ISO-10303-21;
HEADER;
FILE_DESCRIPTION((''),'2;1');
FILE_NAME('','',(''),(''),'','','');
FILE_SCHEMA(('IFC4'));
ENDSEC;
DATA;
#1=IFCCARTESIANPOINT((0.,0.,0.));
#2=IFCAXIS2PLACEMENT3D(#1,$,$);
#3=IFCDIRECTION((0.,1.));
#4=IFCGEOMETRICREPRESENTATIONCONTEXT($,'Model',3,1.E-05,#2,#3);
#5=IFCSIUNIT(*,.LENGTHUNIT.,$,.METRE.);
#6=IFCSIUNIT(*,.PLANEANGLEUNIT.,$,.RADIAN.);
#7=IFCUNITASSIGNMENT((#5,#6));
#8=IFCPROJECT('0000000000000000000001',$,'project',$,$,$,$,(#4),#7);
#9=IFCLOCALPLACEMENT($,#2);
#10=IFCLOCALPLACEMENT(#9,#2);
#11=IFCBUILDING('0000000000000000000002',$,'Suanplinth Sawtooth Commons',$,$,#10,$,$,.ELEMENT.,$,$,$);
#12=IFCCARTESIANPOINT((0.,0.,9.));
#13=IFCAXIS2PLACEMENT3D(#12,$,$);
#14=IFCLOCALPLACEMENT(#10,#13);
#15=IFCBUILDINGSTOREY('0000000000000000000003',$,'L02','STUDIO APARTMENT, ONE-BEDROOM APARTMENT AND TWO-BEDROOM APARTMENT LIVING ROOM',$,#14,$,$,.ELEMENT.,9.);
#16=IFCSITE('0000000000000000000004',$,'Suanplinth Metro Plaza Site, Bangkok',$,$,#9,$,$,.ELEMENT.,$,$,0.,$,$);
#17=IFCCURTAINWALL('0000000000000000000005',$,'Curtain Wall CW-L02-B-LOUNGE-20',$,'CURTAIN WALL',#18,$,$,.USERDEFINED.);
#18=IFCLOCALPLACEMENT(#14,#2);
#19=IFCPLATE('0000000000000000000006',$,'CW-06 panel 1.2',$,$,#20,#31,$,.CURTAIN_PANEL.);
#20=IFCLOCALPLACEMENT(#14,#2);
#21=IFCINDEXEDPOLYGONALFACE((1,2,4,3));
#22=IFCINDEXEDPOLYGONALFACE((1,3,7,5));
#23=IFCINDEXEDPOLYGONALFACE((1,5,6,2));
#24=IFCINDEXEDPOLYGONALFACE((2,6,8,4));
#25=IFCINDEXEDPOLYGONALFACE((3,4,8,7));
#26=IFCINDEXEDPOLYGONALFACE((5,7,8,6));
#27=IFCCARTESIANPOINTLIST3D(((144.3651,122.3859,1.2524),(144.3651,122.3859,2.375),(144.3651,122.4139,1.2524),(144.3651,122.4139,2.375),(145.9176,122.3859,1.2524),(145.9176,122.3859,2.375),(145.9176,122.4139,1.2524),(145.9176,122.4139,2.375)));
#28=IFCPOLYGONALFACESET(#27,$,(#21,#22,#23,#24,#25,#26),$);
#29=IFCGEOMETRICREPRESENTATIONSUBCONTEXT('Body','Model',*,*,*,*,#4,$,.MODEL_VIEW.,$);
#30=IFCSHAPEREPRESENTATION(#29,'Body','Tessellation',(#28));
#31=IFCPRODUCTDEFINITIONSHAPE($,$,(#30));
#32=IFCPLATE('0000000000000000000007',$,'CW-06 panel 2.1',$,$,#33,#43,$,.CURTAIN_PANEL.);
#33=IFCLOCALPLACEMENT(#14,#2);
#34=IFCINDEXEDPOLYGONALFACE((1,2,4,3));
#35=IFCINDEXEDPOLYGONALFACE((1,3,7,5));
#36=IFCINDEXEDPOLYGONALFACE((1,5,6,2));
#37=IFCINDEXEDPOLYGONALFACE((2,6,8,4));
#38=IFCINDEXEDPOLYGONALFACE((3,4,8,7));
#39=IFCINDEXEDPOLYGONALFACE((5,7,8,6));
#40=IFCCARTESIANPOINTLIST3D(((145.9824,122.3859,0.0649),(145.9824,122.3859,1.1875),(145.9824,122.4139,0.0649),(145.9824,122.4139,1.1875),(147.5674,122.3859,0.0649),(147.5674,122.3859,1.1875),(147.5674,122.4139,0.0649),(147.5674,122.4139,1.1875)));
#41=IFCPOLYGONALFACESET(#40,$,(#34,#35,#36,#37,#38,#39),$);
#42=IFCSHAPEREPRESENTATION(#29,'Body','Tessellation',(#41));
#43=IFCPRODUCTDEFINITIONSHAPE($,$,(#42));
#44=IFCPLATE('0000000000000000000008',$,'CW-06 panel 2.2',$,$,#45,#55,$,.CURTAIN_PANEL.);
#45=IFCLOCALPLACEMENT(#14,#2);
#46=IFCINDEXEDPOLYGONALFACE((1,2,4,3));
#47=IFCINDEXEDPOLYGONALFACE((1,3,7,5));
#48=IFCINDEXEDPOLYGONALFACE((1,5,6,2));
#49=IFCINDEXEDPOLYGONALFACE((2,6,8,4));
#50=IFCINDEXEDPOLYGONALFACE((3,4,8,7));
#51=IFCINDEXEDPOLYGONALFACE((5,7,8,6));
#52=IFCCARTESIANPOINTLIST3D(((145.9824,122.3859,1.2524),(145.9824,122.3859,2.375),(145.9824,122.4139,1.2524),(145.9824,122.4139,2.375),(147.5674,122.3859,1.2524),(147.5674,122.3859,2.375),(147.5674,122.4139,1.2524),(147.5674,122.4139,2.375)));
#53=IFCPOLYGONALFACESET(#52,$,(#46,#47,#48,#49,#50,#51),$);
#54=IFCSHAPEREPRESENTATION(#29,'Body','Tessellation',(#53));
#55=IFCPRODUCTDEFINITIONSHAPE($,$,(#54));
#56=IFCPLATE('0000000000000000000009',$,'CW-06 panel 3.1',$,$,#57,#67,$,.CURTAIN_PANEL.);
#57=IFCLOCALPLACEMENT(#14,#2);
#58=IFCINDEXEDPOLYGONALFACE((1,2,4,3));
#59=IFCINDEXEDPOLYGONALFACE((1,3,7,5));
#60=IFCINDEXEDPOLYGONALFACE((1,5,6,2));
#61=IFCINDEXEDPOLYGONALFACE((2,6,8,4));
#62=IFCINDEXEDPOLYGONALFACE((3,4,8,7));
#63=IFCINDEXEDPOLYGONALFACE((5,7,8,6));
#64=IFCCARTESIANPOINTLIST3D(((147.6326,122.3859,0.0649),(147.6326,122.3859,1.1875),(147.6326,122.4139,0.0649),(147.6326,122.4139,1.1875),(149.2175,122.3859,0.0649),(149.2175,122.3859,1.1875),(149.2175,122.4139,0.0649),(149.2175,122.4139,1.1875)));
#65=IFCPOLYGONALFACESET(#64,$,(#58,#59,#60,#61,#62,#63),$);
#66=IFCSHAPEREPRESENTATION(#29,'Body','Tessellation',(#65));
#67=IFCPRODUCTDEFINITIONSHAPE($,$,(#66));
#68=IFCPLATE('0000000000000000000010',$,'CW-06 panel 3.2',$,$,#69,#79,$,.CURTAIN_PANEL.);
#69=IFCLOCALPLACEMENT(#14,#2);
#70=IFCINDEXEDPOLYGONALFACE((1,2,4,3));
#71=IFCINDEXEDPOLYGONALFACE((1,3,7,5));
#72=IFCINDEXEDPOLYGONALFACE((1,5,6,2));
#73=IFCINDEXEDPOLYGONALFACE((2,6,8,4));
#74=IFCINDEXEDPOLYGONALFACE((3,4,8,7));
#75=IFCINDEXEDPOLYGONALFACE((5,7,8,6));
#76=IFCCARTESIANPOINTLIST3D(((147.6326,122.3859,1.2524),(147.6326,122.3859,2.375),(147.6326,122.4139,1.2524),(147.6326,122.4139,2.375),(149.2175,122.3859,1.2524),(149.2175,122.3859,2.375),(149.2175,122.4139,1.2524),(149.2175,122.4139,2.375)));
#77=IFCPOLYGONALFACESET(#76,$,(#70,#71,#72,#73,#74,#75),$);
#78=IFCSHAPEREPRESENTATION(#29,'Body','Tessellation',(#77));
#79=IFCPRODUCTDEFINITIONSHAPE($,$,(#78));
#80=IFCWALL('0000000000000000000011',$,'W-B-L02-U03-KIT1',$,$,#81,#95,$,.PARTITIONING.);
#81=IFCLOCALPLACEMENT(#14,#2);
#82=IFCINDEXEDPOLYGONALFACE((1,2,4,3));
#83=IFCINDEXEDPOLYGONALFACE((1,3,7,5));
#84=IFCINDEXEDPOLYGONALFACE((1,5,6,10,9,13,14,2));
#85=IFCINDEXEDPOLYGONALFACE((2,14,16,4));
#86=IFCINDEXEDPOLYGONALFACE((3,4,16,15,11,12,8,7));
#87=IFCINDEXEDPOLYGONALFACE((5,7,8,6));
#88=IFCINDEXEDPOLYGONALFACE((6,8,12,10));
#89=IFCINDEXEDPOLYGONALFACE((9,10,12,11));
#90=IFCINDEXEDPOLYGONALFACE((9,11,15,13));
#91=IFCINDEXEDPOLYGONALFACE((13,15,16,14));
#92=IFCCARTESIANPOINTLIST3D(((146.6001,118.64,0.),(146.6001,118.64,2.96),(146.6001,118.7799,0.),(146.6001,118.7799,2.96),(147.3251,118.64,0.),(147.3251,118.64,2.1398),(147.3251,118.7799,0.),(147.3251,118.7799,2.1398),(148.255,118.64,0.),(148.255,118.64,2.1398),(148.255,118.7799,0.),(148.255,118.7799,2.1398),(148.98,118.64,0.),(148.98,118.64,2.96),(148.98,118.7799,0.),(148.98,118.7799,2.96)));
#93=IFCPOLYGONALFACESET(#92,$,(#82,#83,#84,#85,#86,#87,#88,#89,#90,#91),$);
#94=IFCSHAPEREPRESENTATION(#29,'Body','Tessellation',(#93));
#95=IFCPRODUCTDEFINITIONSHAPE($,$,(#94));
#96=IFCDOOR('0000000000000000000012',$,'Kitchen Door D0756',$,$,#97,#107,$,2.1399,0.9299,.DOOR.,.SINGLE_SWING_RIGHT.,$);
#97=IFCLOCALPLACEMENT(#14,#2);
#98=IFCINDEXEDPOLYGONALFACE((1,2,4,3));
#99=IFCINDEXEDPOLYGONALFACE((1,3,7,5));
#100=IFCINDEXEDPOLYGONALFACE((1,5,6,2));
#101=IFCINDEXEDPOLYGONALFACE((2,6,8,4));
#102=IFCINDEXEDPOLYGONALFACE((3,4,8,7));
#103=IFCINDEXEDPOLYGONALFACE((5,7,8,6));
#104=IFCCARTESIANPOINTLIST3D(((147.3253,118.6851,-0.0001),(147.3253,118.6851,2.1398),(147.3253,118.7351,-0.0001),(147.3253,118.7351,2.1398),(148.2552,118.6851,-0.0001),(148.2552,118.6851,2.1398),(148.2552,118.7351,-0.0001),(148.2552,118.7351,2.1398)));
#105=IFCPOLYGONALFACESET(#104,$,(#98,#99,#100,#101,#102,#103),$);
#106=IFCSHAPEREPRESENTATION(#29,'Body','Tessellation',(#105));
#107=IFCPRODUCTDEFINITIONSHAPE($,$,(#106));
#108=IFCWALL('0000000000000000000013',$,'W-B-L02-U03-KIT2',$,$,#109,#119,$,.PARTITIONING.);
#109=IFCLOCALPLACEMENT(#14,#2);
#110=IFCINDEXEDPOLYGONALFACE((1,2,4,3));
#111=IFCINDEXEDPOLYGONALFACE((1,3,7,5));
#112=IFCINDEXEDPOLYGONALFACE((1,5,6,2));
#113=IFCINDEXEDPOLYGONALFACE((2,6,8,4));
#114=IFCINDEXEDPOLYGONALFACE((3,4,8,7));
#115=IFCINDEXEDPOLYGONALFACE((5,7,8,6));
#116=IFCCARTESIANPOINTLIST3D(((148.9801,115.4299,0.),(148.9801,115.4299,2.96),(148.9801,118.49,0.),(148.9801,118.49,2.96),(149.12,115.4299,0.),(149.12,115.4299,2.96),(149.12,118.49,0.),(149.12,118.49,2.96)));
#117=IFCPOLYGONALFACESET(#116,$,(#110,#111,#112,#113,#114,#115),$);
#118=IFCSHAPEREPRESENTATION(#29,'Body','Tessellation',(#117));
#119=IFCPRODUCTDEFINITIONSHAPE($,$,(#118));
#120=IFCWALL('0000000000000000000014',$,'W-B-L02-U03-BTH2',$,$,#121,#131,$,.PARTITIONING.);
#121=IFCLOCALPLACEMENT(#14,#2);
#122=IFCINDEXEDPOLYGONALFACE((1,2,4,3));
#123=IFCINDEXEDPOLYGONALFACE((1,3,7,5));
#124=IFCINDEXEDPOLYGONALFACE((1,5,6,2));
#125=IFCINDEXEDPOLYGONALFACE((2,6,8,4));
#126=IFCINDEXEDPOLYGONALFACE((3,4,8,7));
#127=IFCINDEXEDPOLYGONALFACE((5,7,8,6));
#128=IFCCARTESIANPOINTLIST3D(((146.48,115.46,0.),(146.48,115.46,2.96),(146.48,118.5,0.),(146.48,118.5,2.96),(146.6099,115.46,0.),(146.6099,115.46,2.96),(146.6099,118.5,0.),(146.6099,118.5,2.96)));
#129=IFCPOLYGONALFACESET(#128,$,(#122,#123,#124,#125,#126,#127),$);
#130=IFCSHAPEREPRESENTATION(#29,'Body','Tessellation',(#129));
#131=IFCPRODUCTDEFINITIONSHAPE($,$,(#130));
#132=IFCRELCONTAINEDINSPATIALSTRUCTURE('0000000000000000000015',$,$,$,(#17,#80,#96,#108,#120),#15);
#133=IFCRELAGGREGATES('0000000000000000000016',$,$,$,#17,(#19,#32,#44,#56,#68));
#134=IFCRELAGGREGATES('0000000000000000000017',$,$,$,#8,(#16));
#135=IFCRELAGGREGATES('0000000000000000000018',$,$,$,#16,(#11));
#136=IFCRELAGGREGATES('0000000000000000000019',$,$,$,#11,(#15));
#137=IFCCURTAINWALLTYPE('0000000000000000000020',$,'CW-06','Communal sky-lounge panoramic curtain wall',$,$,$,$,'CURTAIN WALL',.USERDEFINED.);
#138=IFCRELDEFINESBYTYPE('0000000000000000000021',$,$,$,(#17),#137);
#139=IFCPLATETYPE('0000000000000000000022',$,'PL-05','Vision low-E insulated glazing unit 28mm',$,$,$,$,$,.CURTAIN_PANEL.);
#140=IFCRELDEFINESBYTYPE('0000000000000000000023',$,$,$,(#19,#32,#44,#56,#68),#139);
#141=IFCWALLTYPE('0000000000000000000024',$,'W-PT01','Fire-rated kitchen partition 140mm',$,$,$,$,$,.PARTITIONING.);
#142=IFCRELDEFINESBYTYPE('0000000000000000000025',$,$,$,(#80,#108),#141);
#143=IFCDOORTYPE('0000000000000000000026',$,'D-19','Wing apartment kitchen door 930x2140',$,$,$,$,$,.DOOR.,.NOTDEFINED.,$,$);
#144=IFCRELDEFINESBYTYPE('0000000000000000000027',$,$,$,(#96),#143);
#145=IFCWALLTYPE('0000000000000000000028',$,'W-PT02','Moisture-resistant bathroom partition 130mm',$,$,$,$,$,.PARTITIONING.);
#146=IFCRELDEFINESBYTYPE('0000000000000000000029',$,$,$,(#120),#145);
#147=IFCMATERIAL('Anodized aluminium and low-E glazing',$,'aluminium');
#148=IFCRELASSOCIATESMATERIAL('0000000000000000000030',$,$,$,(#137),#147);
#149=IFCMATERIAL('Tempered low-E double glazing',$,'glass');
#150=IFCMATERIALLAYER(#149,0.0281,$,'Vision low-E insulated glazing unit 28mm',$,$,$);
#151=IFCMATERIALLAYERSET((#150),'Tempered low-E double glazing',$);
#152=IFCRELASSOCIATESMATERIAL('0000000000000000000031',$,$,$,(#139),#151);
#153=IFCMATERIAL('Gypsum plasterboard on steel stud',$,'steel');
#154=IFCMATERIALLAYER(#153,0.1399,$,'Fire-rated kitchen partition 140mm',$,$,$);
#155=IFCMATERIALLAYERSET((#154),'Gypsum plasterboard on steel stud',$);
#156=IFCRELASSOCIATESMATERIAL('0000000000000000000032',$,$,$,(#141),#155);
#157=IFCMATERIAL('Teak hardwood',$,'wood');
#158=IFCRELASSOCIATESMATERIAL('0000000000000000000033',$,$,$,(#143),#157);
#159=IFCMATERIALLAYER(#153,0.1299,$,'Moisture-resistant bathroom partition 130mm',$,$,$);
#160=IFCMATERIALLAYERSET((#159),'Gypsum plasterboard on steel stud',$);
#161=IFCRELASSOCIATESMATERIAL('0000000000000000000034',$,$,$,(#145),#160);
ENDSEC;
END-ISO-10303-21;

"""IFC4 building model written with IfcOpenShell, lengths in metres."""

from ifc_helpers import new_model, si_unit, direction, frame, frame_2d, origin, origin_2d, place, context, subcontext, project, spatial, rectangle, extrude, material, layer, layer_set, type_object, element, fill, aggregate, save


model = new_model("IFC4")

# Units and contexts
model_context = context("Model", 3, precision=1e-05, world=origin(), true_north=direction((0.0, 1.0)))
body_context = subcontext(model_context, "Body", "Model", "MODEL_VIEW")
ifc_project = project(units=[si_unit("LENGTHUNIT", "METRE"), si_unit("PLANEANGLEUNIT", "RADIAN")], contexts=[model_context])

# Site, building, storey
site_placement = place(None, origin())
site = spatial("IfcSite", under=ifc_project, at=site_placement, Name="Suanplinth Metro Plaza Site, Bangkok", CompositionType="ELEMENT", RefElevation=0.0)
building_placement = place(site_placement, origin())
building = spatial("IfcBuilding", under=site, at=building_placement, Name="Suanplinth Sawtooth Commons", CompositionType="ELEMENT")
storey_placement = place(building_placement, frame((0.0, 0.0, 9.0)))
storey = spatial("IfcBuildingStorey", under=building, at=storey_placement, Name="L02", Description="STUDIO APARTMENT, ONE-BEDROOM APARTMENT AND TWO-BEDROOM APARTMENT LIVING ROOM", CompositionType="ELEMENT", Elevation=9.0)

# Curtain wall
ifc_material_1 = material(Name="Anodized aluminium and low-E glazing", Category="aluminium")
curtain_wall_type = type_object("IfcCurtainWallType", Name="CW-06", Description="Communal sky-lounge panoramic curtain wall", ElementType="CURTAIN WALL", PredefinedType="USERDEFINED", material=ifc_material_1)
curtain_wall_placement = place(storey_placement, origin())
curtain_wall = element("IfcCurtainWall", 1, at=curtain_wall_placement, inside=storey, type_object=curtain_wall_type, Name="Curtain Wall CW-L02-B-LOUNGE-20", ObjectType="CURTAIN WALL", PredefinedType="USERDEFINED")

# Plates
ifc_material_2 = material(Name="Tempered low-E double glazing", Category="glass")
ifc_layer_1 = layer(ifc_material_2, 0.0281, Name="Vision low-E insulated glazing unit 28mm")
ifc_layer_set_1 = layer_set([ifc_layer_1], Name="Tempered low-E double glazing")
plate_type_1 = type_object("IfcPlateType", Name="PL-05", Description="Vision low-E insulated glazing unit 28mm", PredefinedType="CURTAIN_PANEL", material=ifc_layer_set_1)
plate_1_placement = place(storey_placement, frame((145.1414, 122.3999, 1.2524), z_axis=(0.0, 0.0, 1.0), x_axis=(1.0, 0.0, 0.0)))
plate_1 = element("IfcPlate", 2, at=plate_1_placement, type_object=plate_type_1, Name="CW-06 panel 1.2", PredefinedType="CURTAIN_PANEL", context=body_context, shape_type="SweptSolid", body=[
    extrude(rectangle(XDim=1.5525, YDim=0.0281, at=origin_2d()), origin(), (0.0, 0.0, 1.0), 1.1226),
])
plate_2_placement = place(storey_placement, frame((146.7749, 122.3999, 0.0649), z_axis=(0.0, 0.0, 1.0), x_axis=(1.0, 0.0, 0.0)))
plate_2 = element("IfcPlate", 3, at=plate_2_placement, type_object=plate_type_1, Name="CW-06 panel 2.1", PredefinedType="CURTAIN_PANEL", context=body_context, shape_type="SweptSolid", body=[
    extrude(rectangle(XDim=1.585, YDim=0.0281, at=origin_2d()), origin(), (0.0, 0.0, 1.0), 1.1226),
])
plate_3_placement = place(storey_placement, frame((146.7749, 122.3999, 1.2524), z_axis=(0.0, 0.0, 1.0), x_axis=(1.0, 0.0, 0.0)))
plate_3 = element("IfcPlate", 4, at=plate_3_placement, type_object=plate_type_1, Name="CW-06 panel 2.2", PredefinedType="CURTAIN_PANEL", context=body_context, shape_type="SweptSolid", body=[
    extrude(rectangle(XDim=1.585, YDim=0.0281, at=origin_2d()), origin(), (0.0, 0.0, 1.0), 1.1226),
])
plate_4_placement = place(storey_placement, frame((148.425, 122.3999, 0.0649), z_axis=(0.0, 0.0, 1.0), x_axis=(1.0, 0.0, 0.0)))
plate_4 = element("IfcPlate", 5, at=plate_4_placement, type_object=plate_type_1, Name="CW-06 panel 3.1", PredefinedType="CURTAIN_PANEL", context=body_context, shape_type="SweptSolid", body=[
    extrude(rectangle(XDim=1.585, YDim=0.0281, at=origin_2d()), origin(), (0.0, 0.0, 1.0), 1.1226),
])
plate_5_placement = place(storey_placement, frame((148.425, 122.3999, 1.2524), z_axis=(0.0, 0.0, 1.0), x_axis=(1.0, 0.0, 0.0)))
plate_5 = element("IfcPlate", 6, at=plate_5_placement, type_object=plate_type_1, Name="CW-06 panel 3.2", PredefinedType="CURTAIN_PANEL", context=body_context, shape_type="SweptSolid", body=[
    extrude(rectangle(XDim=1.585, YDim=0.0281, at=origin_2d()), origin(), (0.0, 0.0, 1.0), 1.1226),
])
aggregate(curtain_wall, [plate_1, plate_2, plate_3, plate_4, plate_5])

# Wall, opening, door
ifc_material_3 = material(Name="Gypsum plasterboard on steel stud", Category="steel")
ifc_layer_2 = layer(ifc_material_3, 0.1399, Name="Fire-rated kitchen partition 140mm")
ifc_layer_set_2 = layer_set([ifc_layer_2], Name="Gypsum plasterboard on steel stud")
wall_type_1 = type_object("IfcWallType", Name="W-PT01", Description="Fire-rated kitchen partition 140mm", PredefinedType="PARTITIONING", material=ifc_layer_set_2)
wall_1_placement = place(storey_placement, frame((146.6001, 118.71, 0.0), z_axis=(0.0, 0.0, 1.0), x_axis=(1.0, 0.0, 0.0)))
wall_1 = element("IfcWall", 7, at=wall_1_placement, inside=storey, type_object=wall_type_1, Name="W-B-L02-U03-KIT1", PredefinedType="PARTITIONING", context=body_context, shape_type="SweptSolid", body=[
    extrude(rectangle(XDim=2.3799, YDim=0.1399, at=frame_2d((1.1899, 0.0))), origin(), (0.0, 0.0, 1.0), 2.96),
])
opening_placement = place(wall_1_placement, frame((0.7251, 0.0, 0.0)))
opening = element("IfcOpeningElement", 8, at=opening_placement, cuts=wall_1, PredefinedType="OPENING", context=body_context, shape_type="SweptSolid", body=[
    extrude(rectangle(XDim=0.9299, YDim=2.1399, at=frame_2d((0.4648, 1.0698))), frame((0.0, 0.085, 0.0), z_axis=(0.0, -1.0, 0.0), x_axis=(1.0, 0.0, 0.0)), (0.0, 0.0, 1.0), 0.1697),
])
ifc_material_4 = material(Name="Teak hardwood", Category="wood")
door_type = type_object("IfcDoorType", Name="D-19", Description="Wing apartment kitchen door 930x2140", OperationType="NOTDEFINED", PredefinedType="DOOR", material=ifc_material_4)
door_placement = place(opening_placement, frame((0.9299, 0.0, 0.0), z_axis=(0.0, 0.0, 1.0), x_axis=(-1.0, 0.0, 0.0)))
door = element("IfcDoor", 9, at=door_placement, inside=storey, type_object=door_type, Name="Kitchen Door D0756", OperationType="SINGLE_SWING_RIGHT", OverallHeight=2.1399, OverallWidth=0.9299, PredefinedType="DOOR", context=body_context, shape_type="SweptSolid", body=[
    extrude(rectangle(XDim=0.9299, YDim=2.1399, at=frame_2d((0.4648, 1.0698))), frame((0.0, 0.0249, 0.0), z_axis=(0.0, -1.0, 0.0), x_axis=(1.0, 0.0, 0.0)), (0.0, 0.0, 1.0), 0.05),
])
fill(opening, door)

# Walls
wall_2_placement = place(storey_placement, frame((149.05, 115.4299, 0.0), z_axis=(0.0, 0.0, 1.0), x_axis=(0.0, 1.0, 0.0)))
element("IfcWall", 10, at=wall_2_placement, inside=storey, type_object=wall_type_1, Name="W-B-L02-U03-KIT2", PredefinedType="PARTITIONING", context=body_context, shape_type="SweptSolid", body=[
    extrude(rectangle(XDim=3.0601, YDim=0.1399, at=frame_2d((1.53, 0.0))), origin(), (0.0, 0.0, 1.0), 2.96),
])
ifc_layer_3 = layer(ifc_material_3, 0.1299, Name="Moisture-resistant bathroom partition 130mm")
ifc_layer_set_3 = layer_set([ifc_layer_3], Name="Gypsum plasterboard on steel stud")
wall_type_2 = type_object("IfcWallType", Name="W-PT02", Description="Moisture-resistant bathroom partition 130mm", PredefinedType="PARTITIONING", material=ifc_layer_set_3)
wall_3_placement = place(storey_placement, frame((146.5449, 115.46, 0.0), z_axis=(0.0, 0.0, 1.0), x_axis=(0.0, 1.0, 0.0)))
element("IfcWall", 11, at=wall_3_placement, inside=storey, type_object=wall_type_2, Name="W-B-L02-U03-BTH2", PredefinedType="PARTITIONING", context=body_context, shape_type="SweptSolid", body=[
    extrude(rectangle(XDim=3.04, YDim=0.1299, at=frame_2d((1.52, 0.0))), origin(), (0.0, 0.0, 1.0), 2.96),
])

save(model, "model.ifc")
